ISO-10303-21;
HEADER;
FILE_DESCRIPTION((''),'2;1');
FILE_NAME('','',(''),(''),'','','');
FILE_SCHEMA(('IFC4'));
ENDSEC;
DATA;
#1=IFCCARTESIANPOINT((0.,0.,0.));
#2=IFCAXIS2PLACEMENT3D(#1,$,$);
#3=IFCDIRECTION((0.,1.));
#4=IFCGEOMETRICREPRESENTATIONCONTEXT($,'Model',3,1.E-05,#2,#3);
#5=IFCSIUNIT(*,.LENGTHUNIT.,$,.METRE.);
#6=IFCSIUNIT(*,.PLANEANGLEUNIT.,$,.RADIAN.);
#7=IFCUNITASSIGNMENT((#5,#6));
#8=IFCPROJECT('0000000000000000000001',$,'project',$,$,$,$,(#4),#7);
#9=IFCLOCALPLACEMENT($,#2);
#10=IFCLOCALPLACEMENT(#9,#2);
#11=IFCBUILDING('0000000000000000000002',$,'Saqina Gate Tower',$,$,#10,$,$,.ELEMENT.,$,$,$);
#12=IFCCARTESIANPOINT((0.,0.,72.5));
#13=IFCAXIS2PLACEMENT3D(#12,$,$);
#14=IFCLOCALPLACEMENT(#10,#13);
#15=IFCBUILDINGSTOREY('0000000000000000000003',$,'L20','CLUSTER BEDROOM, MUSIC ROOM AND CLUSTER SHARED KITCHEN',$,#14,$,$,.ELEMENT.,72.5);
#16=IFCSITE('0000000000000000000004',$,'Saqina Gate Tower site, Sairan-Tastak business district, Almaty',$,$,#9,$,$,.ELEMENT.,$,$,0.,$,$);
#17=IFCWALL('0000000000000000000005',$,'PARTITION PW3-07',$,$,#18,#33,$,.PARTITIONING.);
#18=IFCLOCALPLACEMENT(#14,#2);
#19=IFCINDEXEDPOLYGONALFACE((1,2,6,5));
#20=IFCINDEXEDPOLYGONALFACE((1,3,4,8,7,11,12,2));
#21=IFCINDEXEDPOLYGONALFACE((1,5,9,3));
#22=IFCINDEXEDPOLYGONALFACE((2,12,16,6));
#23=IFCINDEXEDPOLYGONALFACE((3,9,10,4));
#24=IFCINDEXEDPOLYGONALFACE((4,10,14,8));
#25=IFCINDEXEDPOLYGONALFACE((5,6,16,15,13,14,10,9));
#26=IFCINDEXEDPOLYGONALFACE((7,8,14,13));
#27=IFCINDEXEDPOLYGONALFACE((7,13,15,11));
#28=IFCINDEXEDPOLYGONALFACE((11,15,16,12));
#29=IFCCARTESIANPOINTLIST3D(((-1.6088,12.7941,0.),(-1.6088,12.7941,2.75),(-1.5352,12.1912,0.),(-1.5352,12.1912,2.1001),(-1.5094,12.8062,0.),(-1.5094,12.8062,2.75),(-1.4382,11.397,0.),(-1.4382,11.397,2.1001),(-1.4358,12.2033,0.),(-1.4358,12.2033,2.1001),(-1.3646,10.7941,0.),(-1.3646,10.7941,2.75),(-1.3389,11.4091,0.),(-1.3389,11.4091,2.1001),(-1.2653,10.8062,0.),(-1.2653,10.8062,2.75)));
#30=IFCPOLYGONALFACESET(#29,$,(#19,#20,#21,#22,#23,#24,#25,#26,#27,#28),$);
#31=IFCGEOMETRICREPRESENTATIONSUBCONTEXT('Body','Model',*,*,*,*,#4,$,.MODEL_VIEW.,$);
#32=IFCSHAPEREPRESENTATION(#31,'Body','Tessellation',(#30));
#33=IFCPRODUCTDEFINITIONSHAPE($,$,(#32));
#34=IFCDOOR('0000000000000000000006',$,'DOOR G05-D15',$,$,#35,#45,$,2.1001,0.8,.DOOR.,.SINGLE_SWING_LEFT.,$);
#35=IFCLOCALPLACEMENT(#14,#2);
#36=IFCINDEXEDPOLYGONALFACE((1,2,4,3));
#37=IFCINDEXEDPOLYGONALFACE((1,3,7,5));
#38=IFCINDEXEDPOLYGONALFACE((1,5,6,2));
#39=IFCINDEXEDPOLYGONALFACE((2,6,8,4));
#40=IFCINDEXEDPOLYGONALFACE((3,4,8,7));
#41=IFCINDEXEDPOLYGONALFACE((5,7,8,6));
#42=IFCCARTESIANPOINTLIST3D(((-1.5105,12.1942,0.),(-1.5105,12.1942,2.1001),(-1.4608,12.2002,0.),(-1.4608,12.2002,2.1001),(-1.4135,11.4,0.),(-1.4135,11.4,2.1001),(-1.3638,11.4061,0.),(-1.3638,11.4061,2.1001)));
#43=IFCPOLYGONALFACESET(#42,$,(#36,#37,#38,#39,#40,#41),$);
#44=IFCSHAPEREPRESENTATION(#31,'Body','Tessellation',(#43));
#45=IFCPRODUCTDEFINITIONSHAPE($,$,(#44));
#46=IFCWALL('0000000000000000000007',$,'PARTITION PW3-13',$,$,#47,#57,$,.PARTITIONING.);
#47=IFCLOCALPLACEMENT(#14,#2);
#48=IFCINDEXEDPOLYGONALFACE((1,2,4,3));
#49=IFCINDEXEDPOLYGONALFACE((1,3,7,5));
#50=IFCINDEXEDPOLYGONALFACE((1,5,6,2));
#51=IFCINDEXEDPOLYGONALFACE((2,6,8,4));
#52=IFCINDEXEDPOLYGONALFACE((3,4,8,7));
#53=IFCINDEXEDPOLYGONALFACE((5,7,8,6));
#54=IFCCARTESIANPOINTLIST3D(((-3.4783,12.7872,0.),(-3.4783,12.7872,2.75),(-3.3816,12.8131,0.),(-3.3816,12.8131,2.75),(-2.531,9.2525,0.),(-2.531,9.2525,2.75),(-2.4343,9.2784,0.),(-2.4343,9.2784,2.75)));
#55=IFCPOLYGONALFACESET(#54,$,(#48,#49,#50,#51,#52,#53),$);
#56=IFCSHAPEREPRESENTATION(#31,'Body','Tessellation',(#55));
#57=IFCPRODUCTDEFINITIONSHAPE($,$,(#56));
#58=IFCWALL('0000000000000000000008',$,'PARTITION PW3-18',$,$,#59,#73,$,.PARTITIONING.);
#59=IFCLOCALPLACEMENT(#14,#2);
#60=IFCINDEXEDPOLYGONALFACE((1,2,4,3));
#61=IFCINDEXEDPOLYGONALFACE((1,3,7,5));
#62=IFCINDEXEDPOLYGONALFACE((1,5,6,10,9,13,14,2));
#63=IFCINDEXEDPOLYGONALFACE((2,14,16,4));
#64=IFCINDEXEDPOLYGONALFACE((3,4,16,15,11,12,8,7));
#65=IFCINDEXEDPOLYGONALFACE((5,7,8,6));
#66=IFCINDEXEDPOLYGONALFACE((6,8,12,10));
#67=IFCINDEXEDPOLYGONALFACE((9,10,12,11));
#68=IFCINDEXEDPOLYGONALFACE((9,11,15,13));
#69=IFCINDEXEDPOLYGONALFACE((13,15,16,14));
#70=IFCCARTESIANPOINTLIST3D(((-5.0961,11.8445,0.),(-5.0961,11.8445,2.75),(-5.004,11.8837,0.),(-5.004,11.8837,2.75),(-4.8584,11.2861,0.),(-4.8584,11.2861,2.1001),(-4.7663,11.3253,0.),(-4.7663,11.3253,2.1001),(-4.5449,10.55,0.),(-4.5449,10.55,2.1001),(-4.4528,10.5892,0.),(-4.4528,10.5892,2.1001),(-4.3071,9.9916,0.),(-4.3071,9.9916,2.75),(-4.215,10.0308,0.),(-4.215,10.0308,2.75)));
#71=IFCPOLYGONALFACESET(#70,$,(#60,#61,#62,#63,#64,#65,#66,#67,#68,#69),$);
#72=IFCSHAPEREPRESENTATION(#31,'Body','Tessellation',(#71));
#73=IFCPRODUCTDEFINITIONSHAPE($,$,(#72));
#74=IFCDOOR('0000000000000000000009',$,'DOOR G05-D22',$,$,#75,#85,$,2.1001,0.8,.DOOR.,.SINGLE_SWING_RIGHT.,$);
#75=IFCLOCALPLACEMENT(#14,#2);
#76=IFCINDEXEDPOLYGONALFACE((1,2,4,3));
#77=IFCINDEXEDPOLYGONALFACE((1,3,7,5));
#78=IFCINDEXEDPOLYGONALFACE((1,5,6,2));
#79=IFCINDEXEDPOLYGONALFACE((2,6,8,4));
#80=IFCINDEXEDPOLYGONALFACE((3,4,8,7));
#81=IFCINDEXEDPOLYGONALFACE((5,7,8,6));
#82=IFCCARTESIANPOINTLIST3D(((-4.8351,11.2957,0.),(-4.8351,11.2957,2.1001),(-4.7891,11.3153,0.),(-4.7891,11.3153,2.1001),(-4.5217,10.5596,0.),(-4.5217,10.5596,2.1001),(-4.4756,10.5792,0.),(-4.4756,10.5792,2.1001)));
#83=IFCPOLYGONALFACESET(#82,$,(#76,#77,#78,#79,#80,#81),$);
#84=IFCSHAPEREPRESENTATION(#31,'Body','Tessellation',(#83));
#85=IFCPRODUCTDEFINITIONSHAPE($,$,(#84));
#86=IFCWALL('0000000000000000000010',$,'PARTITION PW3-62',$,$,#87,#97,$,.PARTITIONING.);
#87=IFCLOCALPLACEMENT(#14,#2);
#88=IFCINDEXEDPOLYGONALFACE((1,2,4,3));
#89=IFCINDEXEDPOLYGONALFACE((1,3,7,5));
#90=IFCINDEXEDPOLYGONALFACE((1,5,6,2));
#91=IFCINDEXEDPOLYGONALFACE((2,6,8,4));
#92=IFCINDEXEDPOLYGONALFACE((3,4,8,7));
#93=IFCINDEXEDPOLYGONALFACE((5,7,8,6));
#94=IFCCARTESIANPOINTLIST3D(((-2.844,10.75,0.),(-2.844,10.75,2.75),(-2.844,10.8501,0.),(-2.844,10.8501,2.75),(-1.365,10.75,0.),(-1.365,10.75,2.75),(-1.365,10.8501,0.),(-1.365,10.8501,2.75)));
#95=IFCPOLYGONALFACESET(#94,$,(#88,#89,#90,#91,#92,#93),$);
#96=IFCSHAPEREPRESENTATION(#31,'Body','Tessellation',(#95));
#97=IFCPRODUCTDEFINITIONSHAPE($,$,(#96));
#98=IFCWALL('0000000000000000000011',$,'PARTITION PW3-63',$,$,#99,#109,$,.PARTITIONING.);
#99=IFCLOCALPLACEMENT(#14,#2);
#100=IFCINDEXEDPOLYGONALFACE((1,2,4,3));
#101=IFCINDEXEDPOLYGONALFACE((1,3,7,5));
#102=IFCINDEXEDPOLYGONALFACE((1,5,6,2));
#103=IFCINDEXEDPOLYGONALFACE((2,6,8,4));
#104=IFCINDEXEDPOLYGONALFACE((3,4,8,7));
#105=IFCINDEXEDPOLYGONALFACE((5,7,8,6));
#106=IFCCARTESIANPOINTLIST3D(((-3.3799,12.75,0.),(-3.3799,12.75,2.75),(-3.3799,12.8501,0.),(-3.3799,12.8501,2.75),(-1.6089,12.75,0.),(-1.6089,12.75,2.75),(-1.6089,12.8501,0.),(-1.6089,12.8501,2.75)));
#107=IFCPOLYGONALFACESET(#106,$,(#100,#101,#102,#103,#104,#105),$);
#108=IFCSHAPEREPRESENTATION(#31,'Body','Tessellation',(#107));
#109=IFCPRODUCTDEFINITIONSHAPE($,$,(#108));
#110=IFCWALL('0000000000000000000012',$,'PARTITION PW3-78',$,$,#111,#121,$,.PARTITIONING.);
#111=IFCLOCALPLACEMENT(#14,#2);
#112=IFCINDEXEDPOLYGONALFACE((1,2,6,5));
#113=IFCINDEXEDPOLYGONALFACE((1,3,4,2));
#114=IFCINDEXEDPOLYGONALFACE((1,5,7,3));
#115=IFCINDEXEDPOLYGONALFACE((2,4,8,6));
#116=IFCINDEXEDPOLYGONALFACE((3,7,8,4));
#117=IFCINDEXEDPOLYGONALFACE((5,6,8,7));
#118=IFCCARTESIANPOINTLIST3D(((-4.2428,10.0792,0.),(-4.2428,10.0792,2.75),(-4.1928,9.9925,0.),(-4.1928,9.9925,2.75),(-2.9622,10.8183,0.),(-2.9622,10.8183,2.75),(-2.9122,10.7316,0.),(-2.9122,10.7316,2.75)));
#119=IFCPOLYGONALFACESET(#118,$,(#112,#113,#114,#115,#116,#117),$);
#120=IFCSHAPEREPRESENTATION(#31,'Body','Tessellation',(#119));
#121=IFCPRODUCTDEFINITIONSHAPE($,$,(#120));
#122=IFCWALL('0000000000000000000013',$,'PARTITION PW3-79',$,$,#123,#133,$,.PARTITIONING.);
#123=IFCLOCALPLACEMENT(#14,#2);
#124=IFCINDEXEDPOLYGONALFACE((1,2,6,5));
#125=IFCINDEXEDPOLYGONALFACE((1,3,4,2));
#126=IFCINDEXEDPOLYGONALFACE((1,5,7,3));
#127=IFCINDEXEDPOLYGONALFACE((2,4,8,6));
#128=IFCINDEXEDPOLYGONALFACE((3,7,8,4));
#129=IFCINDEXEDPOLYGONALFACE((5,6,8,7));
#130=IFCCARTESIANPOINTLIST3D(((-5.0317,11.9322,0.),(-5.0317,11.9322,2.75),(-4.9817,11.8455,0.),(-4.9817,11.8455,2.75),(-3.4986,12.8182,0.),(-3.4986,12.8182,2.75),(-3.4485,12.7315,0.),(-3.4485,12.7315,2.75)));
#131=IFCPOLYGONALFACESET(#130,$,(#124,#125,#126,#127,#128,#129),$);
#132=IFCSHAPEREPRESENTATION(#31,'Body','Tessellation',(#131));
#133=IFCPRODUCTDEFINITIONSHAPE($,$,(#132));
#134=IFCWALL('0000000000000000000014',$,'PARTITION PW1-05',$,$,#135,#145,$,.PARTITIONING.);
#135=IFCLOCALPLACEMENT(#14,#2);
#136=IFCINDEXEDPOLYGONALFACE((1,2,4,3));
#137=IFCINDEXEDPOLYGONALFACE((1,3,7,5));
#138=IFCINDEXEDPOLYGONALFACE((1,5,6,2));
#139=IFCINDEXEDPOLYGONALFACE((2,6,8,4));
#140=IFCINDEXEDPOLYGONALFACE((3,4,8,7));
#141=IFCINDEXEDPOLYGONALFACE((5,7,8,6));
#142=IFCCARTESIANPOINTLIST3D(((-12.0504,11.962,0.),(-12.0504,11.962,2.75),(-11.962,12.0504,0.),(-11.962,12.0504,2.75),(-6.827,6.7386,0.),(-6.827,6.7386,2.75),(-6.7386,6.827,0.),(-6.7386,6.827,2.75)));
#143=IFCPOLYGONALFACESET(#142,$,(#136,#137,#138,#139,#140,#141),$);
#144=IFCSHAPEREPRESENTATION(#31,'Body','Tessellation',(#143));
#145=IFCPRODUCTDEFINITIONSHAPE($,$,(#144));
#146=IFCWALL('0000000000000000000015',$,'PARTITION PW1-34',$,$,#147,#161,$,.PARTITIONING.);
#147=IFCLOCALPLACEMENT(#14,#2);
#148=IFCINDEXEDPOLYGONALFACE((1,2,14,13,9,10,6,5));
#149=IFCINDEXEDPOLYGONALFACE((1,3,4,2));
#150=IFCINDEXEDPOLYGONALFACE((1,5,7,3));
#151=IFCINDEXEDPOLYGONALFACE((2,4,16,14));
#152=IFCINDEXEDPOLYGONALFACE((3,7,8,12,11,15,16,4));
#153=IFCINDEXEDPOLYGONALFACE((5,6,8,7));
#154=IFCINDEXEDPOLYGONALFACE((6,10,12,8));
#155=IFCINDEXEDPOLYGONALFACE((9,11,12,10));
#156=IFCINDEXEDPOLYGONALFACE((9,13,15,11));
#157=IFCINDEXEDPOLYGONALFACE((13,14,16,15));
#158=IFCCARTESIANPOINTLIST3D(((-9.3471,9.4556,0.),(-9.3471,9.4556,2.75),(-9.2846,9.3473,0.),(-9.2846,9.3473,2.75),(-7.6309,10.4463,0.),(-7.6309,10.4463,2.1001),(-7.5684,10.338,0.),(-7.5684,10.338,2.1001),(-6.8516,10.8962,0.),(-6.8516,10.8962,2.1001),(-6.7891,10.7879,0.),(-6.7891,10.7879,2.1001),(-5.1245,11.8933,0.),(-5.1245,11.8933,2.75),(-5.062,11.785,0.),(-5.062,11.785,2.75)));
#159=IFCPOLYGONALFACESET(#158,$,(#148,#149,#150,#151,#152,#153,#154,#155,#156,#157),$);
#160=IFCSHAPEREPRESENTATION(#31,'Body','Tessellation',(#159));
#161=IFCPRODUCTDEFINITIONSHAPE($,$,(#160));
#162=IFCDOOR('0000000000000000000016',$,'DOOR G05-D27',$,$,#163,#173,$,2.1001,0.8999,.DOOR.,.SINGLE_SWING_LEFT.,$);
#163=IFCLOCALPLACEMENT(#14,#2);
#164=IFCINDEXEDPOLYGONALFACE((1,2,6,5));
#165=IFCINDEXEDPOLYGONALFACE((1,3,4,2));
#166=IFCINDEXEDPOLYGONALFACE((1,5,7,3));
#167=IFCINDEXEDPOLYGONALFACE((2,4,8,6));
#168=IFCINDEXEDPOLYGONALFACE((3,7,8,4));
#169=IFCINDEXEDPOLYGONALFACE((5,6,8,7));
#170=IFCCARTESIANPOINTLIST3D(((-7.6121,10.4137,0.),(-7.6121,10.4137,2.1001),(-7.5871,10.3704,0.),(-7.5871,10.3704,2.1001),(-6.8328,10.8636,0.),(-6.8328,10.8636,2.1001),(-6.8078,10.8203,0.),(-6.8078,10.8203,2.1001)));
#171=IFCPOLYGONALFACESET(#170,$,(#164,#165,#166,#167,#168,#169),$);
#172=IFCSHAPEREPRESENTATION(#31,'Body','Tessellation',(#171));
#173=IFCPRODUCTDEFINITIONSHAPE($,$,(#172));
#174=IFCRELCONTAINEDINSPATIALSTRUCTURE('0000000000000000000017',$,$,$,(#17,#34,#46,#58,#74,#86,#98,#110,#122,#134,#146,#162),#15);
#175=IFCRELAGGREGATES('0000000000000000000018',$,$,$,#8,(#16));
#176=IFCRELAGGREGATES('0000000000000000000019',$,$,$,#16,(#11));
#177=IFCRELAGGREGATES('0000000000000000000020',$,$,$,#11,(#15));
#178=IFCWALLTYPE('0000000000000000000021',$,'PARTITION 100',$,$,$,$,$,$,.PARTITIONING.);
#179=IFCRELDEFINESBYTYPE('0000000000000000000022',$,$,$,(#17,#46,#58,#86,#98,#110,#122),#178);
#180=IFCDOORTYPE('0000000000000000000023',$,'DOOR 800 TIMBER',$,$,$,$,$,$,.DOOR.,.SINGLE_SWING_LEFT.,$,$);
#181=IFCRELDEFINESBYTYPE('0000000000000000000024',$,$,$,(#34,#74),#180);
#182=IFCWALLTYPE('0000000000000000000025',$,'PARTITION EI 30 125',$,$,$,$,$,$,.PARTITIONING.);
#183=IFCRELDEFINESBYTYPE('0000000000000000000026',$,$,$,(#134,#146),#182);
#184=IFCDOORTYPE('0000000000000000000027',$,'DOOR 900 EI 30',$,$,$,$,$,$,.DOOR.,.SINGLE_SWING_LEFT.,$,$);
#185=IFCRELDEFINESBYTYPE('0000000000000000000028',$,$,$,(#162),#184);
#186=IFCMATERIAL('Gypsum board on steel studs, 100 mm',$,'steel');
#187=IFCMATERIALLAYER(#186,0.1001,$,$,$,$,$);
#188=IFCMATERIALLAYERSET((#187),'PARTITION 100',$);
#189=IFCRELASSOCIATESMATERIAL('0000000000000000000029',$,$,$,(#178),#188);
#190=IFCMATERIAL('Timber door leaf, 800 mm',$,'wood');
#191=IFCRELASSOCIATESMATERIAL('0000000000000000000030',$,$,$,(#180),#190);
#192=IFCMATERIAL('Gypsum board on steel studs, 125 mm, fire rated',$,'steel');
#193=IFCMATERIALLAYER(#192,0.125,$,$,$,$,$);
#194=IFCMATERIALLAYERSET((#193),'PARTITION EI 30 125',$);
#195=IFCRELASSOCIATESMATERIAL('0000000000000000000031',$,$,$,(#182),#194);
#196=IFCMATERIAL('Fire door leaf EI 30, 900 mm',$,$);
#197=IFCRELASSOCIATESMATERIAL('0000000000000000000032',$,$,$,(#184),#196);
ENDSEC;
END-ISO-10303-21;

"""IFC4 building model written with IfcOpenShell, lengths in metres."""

from ifc_helpers import new_model, si_unit, direction, frame, frame_2d, origin, place, context, subcontext, project, spatial, rectangle, extrude, material, layer, layer_set, type_object, element, fill, save


model = new_model("IFC4")

# Units and contexts
model_context = context("Model", 3, precision=1e-05, world=origin(), true_north=direction((0.0, 1.0)))
body_context = subcontext(model_context, "Body", "Model", "MODEL_VIEW")
ifc_project = project(units=[si_unit("LENGTHUNIT", "METRE"), si_unit("PLANEANGLEUNIT", "RADIAN")], contexts=[model_context])

# Site, building, storey
site_placement = place(None, origin())
site = spatial("IfcSite", under=ifc_project, at=site_placement, Name="Saqina Gate Tower site, Sairan-Tastak business district, Almaty", CompositionType="ELEMENT", RefElevation=0.0)
building_placement = place(site_placement, origin())
building = spatial("IfcBuilding", under=site, at=building_placement, Name="Saqina Gate Tower", CompositionType="ELEMENT")
storey_placement = place(building_placement, frame((0.0, 0.0, 72.5)))
storey = spatial("IfcBuildingStorey", under=building, at=storey_placement, Name="L20", Description="CLUSTER BEDROOM, MUSIC ROOM AND CLUSTER SHARED KITCHEN", CompositionType="ELEMENT", Elevation=72.5)

# Wall, opening, door
ifc_material_1 = material(Name="Gypsum board on steel studs, 100 mm", Category="steel")
ifc_layer_1 = layer(ifc_material_1, 0.1001)
ifc_layer_set_1 = layer_set([ifc_layer_1], Name="PARTITION 100")
wall_type_1 = type_object("IfcWallType", Name="PARTITION 100", PredefinedType="PARTITIONING", material=ifc_layer_set_1)
wall_1_placement = place(storey_placement, frame((-1.5591, 12.8, 0.0), z_axis=(0.0, 0.0, 1.0), x_axis=(0.121171, -0.992632, 0.0)))
wall_1 = element("IfcWall", 1, at=wall_1_placement, inside=storey, type_object=wall_type_1, Name="PARTITION PW3-07", PredefinedType="PARTITIONING", context=body_context, shape_type="SweptSolid", body=[
    extrude(rectangle(XDim=2.0149, YDim=0.1001, at=frame_2d((1.0073, 0.0))), origin(), (0.0, 0.0, 1.0), 2.75),
])
opening_1_placement = place(wall_1_placement, frame((0.6074, 0.0, 0.0)))
opening_1 = element("IfcOpeningElement", 2, at=opening_1_placement, cuts=wall_1, PredefinedType="OPENING", context=body_context, shape_type="SweptSolid", body=[
    extrude(rectangle(XDim=0.8, YDim=2.1001, at=frame_2d((0.3999, 1.05))), frame((0.0, 0.062, 0.0), z_axis=(0.0, -1.0, 0.0), x_axis=(1.0, 0.0, 0.0)), (0.0, 0.0, 1.0), 0.124),
])
ifc_material_2 = material(Name="Timber door leaf, 800 mm", Category="wood")
door_type_1 = type_object("IfcDoorType", Name="DOOR 800 TIMBER", OperationType="SINGLE_SWING_LEFT", PredefinedType="DOOR", material=ifc_material_2)
door_1_placement = place(opening_1_placement, origin())
door_1 = element("IfcDoor", 3, at=door_1_placement, inside=storey, type_object=door_type_1, Name="DOOR G05-D15", OperationType="SINGLE_SWING_LEFT", OverallHeight=2.1001, OverallWidth=0.8, PredefinedType="DOOR", context=body_context, shape_type="SweptSolid", body=[
    extrude(rectangle(XDim=0.8, YDim=2.1001, at=frame_2d((0.3999, 1.05))), frame((0.0, 0.0249, 0.0), z_axis=(0.0, -1.0, 0.0), x_axis=(1.0, 0.0, 0.0)), (0.0, 0.0, 1.0), 0.05),
])
fill(opening_1, door_1)

# Wall
wall_2_placement = place(storey_placement, frame((-3.4299, 12.8, 0.0), z_axis=(0.0, 0.0, 1.0), x_axis=(0.258858, -0.965915, 0.0)))
element("IfcWall", 4, at=wall_2_placement, inside=storey, type_object=wall_type_1, Name="PARTITION PW3-13", PredefinedType="PARTITIONING", context=body_context, shape_type="SweptSolid", body=[
    extrude(rectangle(XDim=3.6594, YDim=0.1001, at=frame_2d((1.8296, 0.0))), origin(), (0.0, 0.0, 1.0), 2.75),
])

# Wall, opening, door
wall_3_placement = place(storey_placement, frame((-5.05, 11.864, 0.0), z_axis=(0.0, 0.0, 1.0), x_axis=(0.391782, -0.920058, 0.0)))
wall_3 = element("IfcWall", 5, at=wall_3_placement, inside=storey, type_object=wall_type_1, Name="PARTITION PW3-18", PredefinedType="PARTITIONING", context=body_context, shape_type="SweptSolid", body=[
    extrude(rectangle(XDim=2.0139, YDim=0.1001, at=frame_2d((1.0068, 0.0))), origin(), (0.0, 0.0, 1.0), 2.75),
])
opening_2_placement = place(wall_3_placement, frame((0.6069, 0.0, 0.0)))
opening_2 = element("IfcOpeningElement", 6, at=opening_2_placement, cuts=wall_3, PredefinedType="OPENING", context=body_context, shape_type="SweptSolid", body=[
    extrude(rectangle(XDim=0.8, YDim=2.1001, at=frame_2d((0.3999, 1.05))), frame((0.0, 0.062, 0.0), z_axis=(0.0, -1.0, 0.0), x_axis=(1.0, 0.0, 0.0)), (0.0, 0.0, 1.0), 0.124),
])
door_2_placement = place(opening_2_placement, frame((0.8, 0.0, 0.0), z_axis=(0.0, 0.0, 1.0), x_axis=(-1.0, 0.0, 0.0)))
door_2 = element("IfcDoor", 7, at=door_2_placement, inside=storey, type_object=door_type_1, Name="DOOR G05-D22", OperationType="SINGLE_SWING_RIGHT", OverallHeight=2.1001, OverallWidth=0.8, PredefinedType="DOOR", context=body_context, shape_type="SweptSolid", body=[
    extrude(rectangle(XDim=0.8, YDim=2.1001, at=frame_2d((0.3999, 1.05))), frame((0.0, 0.0249, 0.0), z_axis=(0.0, -1.0, 0.0), x_axis=(1.0, 0.0, 0.0)), (0.0, 0.0, 1.0), 0.05),
])
fill(opening_2, door_2)

# Walls
wall_4_placement = place(storey_placement, frame((-2.844, 10.8, 0.0), z_axis=(0.0, 0.0, 1.0), x_axis=(1.0, 0.0, 0.0)))
element("IfcWall", 8, at=wall_4_placement, inside=storey, type_object=wall_type_1, Name="PARTITION PW3-62", PredefinedType="PARTITIONING", context=body_context, shape_type="SweptSolid", body=[
    extrude(rectangle(XDim=1.479, YDim=0.1001, at=frame_2d((0.7395, 0.0))), origin(), (0.0, 0.0, 1.0), 2.75),
])
wall_5_placement = place(storey_placement, frame((-3.3799, 12.8, 0.0), z_axis=(0.0, 0.0, 1.0), x_axis=(1.0, 0.0, 0.0)))
element("IfcWall", 9, at=wall_5_placement, inside=storey, type_object=wall_type_1, Name="PARTITION PW3-63", PredefinedType="PARTITIONING", context=body_context, shape_type="SweptSolid", body=[
    extrude(rectangle(XDim=1.771, YDim=0.1001, at=frame_2d((0.8855, 0.0))), origin(), (0.0, 0.0, 1.0), 2.75),
])
wall_6_placement = place(storey_placement, frame((-4.2178, 10.0359, 0.0), z_axis=(0.0, 0.0, 1.0), x_axis=(0.866111, 0.499851, 0.0)))
element("IfcWall", 10, at=wall_6_placement, inside=storey, type_object=wall_type_1, Name="PARTITION PW3-78", PredefinedType="PARTITIONING", context=body_context, shape_type="SweptSolid", body=[
    extrude(rectangle(XDim=1.4785, YDim=0.1001, at=frame_2d((0.7393, 0.0))), origin(), (0.0, 0.0, 1.0), 2.75),
])
wall_7_placement = place(storey_placement, frame((-5.0066, 11.8889, 0.0), z_axis=(0.0, 0.0, 1.0), x_axis=(0.865832, 0.500335, 0.0)))
element("IfcWall", 11, at=wall_7_placement, inside=storey, type_object=wall_type_1, Name="PARTITION PW3-79", PredefinedType="PARTITIONING", context=body_context, shape_type="SweptSolid", body=[
    extrude(rectangle(XDim=1.7708, YDim=0.1001, at=frame_2d((0.8853, 0.0))), origin(), (0.0, 0.0, 1.0), 2.75),
])
ifc_material_3 = material(Name="Gypsum board on steel studs, 125 mm, fire rated", Category="steel")
ifc_layer_2 = layer(ifc_material_3, 0.125)
ifc_layer_set_2 = layer_set([ifc_layer_2], Name="PARTITION EI 30 125")
wall_type_2 = type_object("IfcWallType", Name="PARTITION EI 30 125", PredefinedType="PARTITIONING", material=ifc_layer_set_2)
wall_8_placement = place(storey_placement, frame((-12.0061, 12.0061, 0.0), z_axis=(0.0, 0.0, 1.0), x_axis=(0.707107, -0.707107, 0.0)))
element("IfcWall", 12, at=wall_8_placement, inside=storey, type_object=wall_type_2, Name="PARTITION PW1-05", PredefinedType="PARTITIONING", context=body_context, shape_type="SweptSolid", body=[
    extrude(rectangle(XDim=7.387, YDim=0.125, at=frame_2d((3.6934, 0.0))), origin(), (0.0, 0.0, 1.0), 2.75),
])

# Wall, opening, door
wall_9_placement = place(storey_placement, frame((-9.3159, 9.4014, 0.0), z_axis=(0.0, 0.0, 1.0), x_axis=(0.866044, 0.499968, 0.0)))
wall_9 = element("IfcWall", 13, at=wall_9_placement, inside=storey, type_object=wall_type_2, Name="PARTITION PW1-34", PredefinedType="PARTITIONING", context=body_context, shape_type="SweptSolid", body=[
    extrude(rectangle(XDim=4.8757, YDim=0.125, at=frame_2d((2.438, 0.0))), origin(), (0.0, 0.0, 1.0), 2.75),
])
opening_3_placement = place(wall_9_placement, frame((1.9817, 0.0, 0.0)))
opening_3 = element("IfcOpeningElement", 14, at=opening_3_placement, cuts=wall_9, PredefinedType="OPENING", context=body_context, shape_type="SweptSolid", body=[
    extrude(rectangle(XDim=0.8999, YDim=2.1001, at=frame_2d((0.45, 1.05))), frame((0.0, 0.0745, 0.0), z_axis=(0.0, -1.0, 0.0), x_axis=(1.0, 0.0, 0.0)), (0.0, 0.0, 1.0), 0.1489),
])
ifc_material_4 = material(Name="Fire door leaf EI 30, 900 mm")
door_type_2 = type_object("IfcDoorType", Name="DOOR 900 EI 30", OperationType="SINGLE_SWING_LEFT", PredefinedType="DOOR", material=ifc_material_4)
door_3_placement = place(opening_3_placement, origin())
door_3 = element("IfcDoor", 15, at=door_3_placement, inside=storey, type_object=door_type_2, Name="DOOR G05-D27", OperationType="SINGLE_SWING_LEFT", OverallHeight=2.1001, OverallWidth=0.8999, PredefinedType="DOOR", context=body_context, shape_type="SweptSolid", body=[
    extrude(rectangle(XDim=0.8999, YDim=2.1001, at=frame_2d((0.45, 1.05))), frame((0.0, 0.0249, 0.0), z_axis=(0.0, -1.0, 0.0), x_axis=(1.0, 0.0, 0.0)), (0.0, 0.0, 1.0), 0.05),
])
fill(opening_3, door_3)

save(model, "model.ifc")
